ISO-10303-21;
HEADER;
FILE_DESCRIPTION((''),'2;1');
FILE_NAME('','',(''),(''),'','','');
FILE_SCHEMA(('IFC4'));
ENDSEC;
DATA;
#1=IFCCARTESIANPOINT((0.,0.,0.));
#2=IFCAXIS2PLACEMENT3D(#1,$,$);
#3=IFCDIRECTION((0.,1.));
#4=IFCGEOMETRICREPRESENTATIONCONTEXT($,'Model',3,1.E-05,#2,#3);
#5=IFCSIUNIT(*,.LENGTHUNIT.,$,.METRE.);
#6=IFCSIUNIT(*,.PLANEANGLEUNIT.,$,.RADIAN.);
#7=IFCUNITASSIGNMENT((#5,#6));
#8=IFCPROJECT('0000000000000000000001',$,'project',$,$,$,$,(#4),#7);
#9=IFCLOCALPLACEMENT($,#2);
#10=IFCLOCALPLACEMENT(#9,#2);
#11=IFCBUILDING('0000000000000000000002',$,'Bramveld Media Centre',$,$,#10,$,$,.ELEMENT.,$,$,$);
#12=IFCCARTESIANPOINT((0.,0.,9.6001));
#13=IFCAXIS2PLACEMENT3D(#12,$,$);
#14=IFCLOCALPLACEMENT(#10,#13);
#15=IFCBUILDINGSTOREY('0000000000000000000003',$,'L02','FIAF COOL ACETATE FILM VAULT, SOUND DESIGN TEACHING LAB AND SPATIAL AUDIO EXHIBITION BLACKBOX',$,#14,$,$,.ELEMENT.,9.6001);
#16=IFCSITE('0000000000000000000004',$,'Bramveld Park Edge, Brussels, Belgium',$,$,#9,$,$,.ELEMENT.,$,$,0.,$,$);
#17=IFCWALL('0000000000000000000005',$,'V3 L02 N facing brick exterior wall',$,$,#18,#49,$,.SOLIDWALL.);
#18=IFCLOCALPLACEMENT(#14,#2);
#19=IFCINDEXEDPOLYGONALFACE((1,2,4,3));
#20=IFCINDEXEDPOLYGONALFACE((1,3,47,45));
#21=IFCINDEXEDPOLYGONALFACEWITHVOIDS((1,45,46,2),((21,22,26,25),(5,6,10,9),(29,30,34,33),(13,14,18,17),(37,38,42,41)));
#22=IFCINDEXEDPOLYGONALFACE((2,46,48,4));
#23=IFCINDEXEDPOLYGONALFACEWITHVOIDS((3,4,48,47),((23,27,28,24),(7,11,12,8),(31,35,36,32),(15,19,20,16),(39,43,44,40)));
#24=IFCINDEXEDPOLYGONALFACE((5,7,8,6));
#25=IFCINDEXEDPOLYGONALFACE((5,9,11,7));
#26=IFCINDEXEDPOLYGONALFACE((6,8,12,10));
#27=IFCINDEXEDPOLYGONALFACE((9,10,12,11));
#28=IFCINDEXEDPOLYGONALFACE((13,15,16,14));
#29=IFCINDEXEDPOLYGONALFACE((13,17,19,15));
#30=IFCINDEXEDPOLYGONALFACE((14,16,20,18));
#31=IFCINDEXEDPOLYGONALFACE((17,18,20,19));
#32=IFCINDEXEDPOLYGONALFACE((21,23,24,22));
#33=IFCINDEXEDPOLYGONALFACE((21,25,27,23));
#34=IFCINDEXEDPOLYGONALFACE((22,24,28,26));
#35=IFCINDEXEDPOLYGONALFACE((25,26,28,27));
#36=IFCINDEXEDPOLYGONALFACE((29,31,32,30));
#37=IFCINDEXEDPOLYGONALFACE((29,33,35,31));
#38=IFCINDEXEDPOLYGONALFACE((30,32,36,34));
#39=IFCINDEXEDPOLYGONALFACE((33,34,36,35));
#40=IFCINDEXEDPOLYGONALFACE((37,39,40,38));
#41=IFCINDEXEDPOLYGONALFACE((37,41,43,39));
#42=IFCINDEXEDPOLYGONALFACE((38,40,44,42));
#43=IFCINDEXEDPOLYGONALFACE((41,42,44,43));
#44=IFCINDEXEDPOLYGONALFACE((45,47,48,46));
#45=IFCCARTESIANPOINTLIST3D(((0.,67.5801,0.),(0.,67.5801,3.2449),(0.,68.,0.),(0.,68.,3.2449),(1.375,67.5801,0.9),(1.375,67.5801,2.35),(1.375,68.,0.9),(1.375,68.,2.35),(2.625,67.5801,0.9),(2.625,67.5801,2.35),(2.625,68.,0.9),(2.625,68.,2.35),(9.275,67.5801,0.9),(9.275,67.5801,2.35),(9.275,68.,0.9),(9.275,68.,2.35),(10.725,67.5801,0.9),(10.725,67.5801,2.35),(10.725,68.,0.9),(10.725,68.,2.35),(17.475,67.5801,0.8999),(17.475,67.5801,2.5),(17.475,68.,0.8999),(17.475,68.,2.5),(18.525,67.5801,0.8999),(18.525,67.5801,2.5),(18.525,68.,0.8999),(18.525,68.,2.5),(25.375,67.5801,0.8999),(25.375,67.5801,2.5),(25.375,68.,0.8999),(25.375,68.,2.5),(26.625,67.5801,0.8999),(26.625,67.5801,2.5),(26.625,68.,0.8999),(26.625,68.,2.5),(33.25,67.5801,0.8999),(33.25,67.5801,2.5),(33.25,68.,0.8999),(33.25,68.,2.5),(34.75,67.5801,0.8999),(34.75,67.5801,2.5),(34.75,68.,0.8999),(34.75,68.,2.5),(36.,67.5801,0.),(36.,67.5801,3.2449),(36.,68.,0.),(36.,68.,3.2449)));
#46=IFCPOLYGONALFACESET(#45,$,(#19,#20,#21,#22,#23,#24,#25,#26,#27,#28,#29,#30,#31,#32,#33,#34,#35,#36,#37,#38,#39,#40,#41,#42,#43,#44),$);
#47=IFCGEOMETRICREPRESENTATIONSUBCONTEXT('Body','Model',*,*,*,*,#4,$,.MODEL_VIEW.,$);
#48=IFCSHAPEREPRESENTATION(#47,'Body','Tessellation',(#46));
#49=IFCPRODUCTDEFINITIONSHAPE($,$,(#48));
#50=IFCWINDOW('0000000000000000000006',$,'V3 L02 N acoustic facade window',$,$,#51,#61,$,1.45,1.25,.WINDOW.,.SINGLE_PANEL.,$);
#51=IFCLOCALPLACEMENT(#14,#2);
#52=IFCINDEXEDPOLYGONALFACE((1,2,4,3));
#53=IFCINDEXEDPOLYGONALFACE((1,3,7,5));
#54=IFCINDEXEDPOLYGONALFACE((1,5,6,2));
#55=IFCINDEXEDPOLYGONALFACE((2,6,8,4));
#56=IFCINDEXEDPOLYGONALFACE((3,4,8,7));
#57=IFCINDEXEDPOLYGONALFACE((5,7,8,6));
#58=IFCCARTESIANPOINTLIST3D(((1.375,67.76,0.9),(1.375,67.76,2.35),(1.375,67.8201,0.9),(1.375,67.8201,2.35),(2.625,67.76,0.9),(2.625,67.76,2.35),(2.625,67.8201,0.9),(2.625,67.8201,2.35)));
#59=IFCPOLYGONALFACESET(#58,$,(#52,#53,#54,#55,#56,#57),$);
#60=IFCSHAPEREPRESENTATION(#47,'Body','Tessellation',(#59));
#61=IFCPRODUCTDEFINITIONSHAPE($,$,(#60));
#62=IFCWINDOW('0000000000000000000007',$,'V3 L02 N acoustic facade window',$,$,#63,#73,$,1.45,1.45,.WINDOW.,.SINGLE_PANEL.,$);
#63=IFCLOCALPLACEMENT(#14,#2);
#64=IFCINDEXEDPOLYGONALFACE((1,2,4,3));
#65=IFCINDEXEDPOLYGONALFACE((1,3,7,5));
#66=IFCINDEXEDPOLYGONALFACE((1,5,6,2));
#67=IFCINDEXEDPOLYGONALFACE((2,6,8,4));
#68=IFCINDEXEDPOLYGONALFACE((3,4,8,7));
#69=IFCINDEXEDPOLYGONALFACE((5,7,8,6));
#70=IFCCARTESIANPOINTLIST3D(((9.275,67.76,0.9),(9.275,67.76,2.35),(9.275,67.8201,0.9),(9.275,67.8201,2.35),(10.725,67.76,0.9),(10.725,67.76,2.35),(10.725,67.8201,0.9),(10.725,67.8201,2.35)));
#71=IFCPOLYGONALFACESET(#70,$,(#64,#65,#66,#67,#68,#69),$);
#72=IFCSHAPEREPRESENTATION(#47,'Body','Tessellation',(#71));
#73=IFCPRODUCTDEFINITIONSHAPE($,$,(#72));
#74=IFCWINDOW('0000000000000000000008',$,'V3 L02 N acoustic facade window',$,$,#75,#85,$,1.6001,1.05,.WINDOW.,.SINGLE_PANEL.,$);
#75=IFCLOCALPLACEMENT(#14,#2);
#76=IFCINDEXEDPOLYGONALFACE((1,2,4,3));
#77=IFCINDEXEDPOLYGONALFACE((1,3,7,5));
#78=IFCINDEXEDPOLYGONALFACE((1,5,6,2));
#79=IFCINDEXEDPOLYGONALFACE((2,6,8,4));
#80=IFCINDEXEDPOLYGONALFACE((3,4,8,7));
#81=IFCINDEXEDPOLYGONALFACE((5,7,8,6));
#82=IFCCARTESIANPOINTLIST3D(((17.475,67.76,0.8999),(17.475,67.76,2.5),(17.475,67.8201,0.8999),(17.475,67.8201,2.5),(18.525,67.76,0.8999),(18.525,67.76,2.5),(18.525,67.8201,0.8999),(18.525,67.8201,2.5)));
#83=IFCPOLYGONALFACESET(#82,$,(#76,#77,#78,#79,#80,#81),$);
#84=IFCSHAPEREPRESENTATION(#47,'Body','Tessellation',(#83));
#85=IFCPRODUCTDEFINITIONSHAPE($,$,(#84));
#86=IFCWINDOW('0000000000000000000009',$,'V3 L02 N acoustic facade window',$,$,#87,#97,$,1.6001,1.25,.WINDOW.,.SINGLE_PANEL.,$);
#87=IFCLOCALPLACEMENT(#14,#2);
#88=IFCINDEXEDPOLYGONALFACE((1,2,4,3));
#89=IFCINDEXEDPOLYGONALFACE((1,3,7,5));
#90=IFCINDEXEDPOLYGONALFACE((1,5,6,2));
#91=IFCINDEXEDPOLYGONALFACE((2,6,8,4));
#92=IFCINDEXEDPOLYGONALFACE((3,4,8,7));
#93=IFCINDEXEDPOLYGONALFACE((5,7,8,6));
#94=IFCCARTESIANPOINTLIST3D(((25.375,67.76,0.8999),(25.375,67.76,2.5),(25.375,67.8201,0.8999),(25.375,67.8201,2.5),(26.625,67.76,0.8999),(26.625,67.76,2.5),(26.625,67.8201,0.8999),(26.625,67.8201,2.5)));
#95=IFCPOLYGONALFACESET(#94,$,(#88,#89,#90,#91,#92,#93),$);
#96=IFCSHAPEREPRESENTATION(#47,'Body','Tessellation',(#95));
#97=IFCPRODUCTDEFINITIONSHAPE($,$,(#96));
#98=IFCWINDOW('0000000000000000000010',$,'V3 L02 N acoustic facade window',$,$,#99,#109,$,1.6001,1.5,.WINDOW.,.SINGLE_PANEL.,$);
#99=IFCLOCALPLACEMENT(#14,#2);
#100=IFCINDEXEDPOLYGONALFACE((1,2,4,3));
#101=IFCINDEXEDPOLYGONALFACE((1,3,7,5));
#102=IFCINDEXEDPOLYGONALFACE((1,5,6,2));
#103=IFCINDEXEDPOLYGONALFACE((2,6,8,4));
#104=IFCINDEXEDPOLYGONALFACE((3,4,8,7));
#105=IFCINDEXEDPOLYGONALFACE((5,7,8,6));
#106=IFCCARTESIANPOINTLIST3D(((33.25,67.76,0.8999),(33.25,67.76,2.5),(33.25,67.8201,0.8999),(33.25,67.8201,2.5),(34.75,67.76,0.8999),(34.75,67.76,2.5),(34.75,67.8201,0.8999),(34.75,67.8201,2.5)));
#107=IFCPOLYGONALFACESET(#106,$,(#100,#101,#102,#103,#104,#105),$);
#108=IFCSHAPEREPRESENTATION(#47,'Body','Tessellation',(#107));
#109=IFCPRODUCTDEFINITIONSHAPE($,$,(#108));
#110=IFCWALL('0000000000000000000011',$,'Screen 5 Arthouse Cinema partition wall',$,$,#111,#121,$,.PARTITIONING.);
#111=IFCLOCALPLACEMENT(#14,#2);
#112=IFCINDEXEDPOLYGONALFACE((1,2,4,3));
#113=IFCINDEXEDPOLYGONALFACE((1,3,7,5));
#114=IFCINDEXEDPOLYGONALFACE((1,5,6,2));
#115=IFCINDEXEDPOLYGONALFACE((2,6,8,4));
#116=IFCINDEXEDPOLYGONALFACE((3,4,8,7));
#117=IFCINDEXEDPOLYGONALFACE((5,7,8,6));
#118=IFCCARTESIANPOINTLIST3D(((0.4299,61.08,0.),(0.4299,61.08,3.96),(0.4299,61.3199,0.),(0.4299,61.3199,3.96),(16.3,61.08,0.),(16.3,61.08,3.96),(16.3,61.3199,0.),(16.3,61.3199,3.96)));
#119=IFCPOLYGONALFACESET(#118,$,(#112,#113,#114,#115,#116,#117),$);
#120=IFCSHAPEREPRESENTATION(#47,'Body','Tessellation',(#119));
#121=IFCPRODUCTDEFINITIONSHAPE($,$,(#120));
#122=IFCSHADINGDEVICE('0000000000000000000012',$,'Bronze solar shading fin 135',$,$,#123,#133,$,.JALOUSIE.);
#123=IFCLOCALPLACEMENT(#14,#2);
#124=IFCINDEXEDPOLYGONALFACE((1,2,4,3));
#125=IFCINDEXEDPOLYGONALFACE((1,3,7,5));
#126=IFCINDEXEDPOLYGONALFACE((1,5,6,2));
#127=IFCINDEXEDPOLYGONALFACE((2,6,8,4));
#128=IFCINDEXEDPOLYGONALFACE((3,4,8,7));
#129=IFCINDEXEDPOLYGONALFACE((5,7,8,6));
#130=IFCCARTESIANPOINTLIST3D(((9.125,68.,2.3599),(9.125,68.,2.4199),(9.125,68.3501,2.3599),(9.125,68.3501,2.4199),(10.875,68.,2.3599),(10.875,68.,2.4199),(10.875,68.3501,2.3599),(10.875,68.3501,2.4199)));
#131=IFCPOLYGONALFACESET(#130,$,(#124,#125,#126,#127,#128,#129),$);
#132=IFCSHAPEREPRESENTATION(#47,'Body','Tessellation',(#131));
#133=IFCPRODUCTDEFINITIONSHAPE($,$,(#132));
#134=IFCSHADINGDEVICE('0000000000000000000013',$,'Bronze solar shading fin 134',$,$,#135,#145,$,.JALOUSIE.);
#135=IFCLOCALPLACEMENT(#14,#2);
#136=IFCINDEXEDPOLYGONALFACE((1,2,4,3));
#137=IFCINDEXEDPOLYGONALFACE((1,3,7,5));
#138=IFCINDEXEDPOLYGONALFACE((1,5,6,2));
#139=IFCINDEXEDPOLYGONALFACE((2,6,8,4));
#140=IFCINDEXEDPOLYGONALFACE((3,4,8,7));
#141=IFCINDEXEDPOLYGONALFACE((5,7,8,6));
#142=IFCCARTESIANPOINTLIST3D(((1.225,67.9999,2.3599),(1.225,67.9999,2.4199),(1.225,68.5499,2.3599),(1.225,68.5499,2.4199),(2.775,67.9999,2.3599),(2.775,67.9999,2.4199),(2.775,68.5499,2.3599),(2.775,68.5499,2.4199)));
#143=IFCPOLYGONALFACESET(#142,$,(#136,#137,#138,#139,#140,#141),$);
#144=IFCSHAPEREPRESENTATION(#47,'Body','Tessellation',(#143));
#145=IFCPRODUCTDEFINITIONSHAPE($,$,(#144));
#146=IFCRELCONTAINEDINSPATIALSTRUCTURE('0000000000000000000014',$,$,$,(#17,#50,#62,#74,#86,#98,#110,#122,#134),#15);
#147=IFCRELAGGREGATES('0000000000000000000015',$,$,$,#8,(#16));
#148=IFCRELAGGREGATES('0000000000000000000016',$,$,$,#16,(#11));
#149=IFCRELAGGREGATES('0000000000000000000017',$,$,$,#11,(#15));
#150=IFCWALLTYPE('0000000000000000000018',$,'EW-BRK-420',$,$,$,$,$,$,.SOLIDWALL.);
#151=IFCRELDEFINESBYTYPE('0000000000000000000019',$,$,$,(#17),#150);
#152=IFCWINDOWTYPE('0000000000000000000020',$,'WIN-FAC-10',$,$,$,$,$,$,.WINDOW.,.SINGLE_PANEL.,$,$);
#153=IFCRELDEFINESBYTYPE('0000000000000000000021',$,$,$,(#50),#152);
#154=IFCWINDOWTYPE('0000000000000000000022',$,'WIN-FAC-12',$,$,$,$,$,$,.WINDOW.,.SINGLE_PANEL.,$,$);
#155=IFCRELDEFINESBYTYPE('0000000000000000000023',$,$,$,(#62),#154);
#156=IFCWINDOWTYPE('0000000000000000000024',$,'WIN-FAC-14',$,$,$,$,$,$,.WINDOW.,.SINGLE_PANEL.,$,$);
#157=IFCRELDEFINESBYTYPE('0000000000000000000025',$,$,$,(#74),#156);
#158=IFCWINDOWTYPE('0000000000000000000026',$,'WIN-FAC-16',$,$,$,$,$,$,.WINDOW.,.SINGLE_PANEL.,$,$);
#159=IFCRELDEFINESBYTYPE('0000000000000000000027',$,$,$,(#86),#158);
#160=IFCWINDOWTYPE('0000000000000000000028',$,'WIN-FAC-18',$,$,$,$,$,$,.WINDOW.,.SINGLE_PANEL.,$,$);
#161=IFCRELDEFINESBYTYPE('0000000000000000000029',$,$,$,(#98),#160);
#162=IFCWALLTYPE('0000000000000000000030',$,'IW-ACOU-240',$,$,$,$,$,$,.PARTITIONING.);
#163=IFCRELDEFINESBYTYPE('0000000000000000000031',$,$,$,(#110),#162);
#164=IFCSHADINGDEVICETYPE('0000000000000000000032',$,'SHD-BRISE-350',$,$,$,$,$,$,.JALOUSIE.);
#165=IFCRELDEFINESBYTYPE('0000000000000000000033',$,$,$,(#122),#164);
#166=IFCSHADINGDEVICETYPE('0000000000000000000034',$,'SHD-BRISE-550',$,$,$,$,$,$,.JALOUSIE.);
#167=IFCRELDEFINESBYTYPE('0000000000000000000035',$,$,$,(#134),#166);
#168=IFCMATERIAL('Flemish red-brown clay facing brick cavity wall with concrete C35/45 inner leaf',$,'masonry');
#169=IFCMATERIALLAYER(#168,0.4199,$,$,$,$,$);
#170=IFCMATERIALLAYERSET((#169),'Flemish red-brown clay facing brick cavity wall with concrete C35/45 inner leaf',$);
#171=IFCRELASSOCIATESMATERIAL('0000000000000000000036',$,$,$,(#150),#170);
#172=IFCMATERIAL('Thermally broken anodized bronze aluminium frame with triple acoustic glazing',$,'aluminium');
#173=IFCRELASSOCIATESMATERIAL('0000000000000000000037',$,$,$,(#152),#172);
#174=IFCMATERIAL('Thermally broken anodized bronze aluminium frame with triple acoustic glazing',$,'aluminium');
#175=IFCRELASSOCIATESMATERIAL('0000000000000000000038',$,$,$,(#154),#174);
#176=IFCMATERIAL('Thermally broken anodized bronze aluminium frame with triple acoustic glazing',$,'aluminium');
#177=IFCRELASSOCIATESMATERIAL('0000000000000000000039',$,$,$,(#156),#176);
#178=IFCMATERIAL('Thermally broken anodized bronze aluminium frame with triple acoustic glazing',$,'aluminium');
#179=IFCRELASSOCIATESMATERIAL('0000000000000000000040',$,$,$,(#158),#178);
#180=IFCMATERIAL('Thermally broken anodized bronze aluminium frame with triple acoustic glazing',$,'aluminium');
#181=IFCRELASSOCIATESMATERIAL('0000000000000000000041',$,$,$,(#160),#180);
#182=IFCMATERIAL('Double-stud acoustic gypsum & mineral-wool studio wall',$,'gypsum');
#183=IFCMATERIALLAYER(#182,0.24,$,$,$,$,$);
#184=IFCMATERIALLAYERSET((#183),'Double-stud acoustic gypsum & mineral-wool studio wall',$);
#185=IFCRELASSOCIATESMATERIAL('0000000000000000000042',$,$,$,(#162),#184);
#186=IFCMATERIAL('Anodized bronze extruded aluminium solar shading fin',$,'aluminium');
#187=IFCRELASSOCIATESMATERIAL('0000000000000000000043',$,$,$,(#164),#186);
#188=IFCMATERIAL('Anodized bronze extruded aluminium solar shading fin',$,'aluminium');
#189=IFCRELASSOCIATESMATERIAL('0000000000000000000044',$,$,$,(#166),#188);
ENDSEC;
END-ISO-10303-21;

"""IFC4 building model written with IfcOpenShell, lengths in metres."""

from ifc_helpers import new_model, si_unit, direction, frame, frame_2d, origin, origin_2d, place, context, subcontext, project, spatial, rectangle, extrude, material, layer, layer_set, type_object, element, fill, save


model = new_model("IFC4")

# Units and contexts
model_context = context("Model", 3, precision=1e-05, world=origin(), true_north=direction((0.0, 1.0)))
body_context = subcontext(model_context, "Body", "Model", "MODEL_VIEW")
ifc_project = project(units=[si_unit("LENGTHUNIT", "METRE"), si_unit("PLANEANGLEUNIT", "RADIAN")], contexts=[model_context])

# Site, building, storey
site_placement = place(None, origin())
site = spatial("IfcSite", under=ifc_project, at=site_placement, Name="Bramveld Park Edge, Brussels, Belgium", CompositionType="ELEMENT", RefElevation=0.0)
building_placement = place(site_placement, origin())
building = spatial("IfcBuilding", under=site, at=building_placement, Name="Bramveld Media Centre", CompositionType="ELEMENT")
storey_placement = place(building_placement, frame((0.0, 0.0, 9.6001)))
storey = spatial("IfcBuildingStorey", under=building, at=storey_placement, Name="L02", Description="FIAF COOL ACETATE FILM VAULT, SOUND DESIGN TEACHING LAB AND SPATIAL AUDIO EXHIBITION BLACKBOX", CompositionType="ELEMENT", Elevation=9.6001)

# Wall, openings, windows
ifc_material_1 = material(Name="Flemish red-brown clay facing brick cavity wall with concrete C35/45 inner leaf", Category="masonry")
ifc_layer_1 = layer(ifc_material_1, 0.4199)
ifc_layer_set_1 = layer_set([ifc_layer_1], Name="Flemish red-brown clay facing brick cavity wall with concrete C35/45 inner leaf")
wall_type_1 = type_object("IfcWallType", Name="EW-BRK-420", PredefinedType="SOLIDWALL", material=ifc_layer_set_1)
wall_1_placement = place(storey_placement, frame((0.0, 67.79, 0.0), z_axis=(0.0, 0.0, 1.0), x_axis=(1.0, 0.0, 0.0)))
wall_1 = element("IfcWall", 1, at=wall_1_placement, inside=storey, type_object=wall_type_1, Name="V3 L02 N facing brick exterior wall", PredefinedType="SOLIDWALL", context=body_context, shape_type="SweptSolid", body=[
    extrude(rectangle(XDim=36.0, YDim=0.4199, at=frame_2d((18.0, 0.0))), origin(), (0.0, 0.0, 1.0), 3.2449),
])
opening_1_placement = place(wall_1_placement, frame((1.375, 0.0, 0.8999)))
opening_1 = element("IfcOpeningElement", 2, at=opening_1_placement, cuts=wall_1, PredefinedType="OPENING", context=body_context, shape_type="SweptSolid", body=[
    extrude(rectangle(XDim=1.25, YDim=1.45, at=frame_2d((0.625, 0.7251))), frame((0.0, 0.2219, 0.0), z_axis=(0.0, -1.0, 0.0), x_axis=(1.0, 0.0, 0.0)), (0.0, 0.0, 1.0), 0.4438),
])
opening_2_placement = place(wall_1_placement, frame((9.2749, 0.0, 0.8999)))
opening_2 = element("IfcOpeningElement", 3, at=opening_2_placement, cuts=wall_1, PredefinedType="OPENING", context=body_context, shape_type="SweptSolid", body=[
    extrude(rectangle(XDim=1.45, YDim=1.45, at=frame_2d((0.7251, 0.7251))), frame((0.0, 0.2219, 0.0), z_axis=(0.0, -1.0, 0.0), x_axis=(1.0, 0.0, 0.0)), (0.0, 0.0, 1.0), 0.4438),
])
opening_3_placement = place(wall_1_placement, frame((17.4751, 0.0, 0.8999)))
opening_3 = element("IfcOpeningElement", 4, at=opening_3_placement, cuts=wall_1, PredefinedType="OPENING", context=body_context, shape_type="SweptSolid", body=[
    extrude(rectangle(XDim=1.05, YDim=1.6001, at=frame_2d((0.5249, 0.8))), frame((0.0, 0.2219, 0.0), z_axis=(0.0, -1.0, 0.0), x_axis=(1.0, 0.0, 0.0)), (0.0, 0.0, 1.0), 0.4438),
])
opening_4_placement = place(wall_1_placement, frame((25.375, 0.0, 0.8999)))
opening_4 = element("IfcOpeningElement", 5, at=opening_4_placement, cuts=wall_1, PredefinedType="OPENING", context=body_context, shape_type="SweptSolid", body=[
    extrude(rectangle(XDim=1.25, YDim=1.6001, at=frame_2d((0.625, 0.8))), frame((0.0, 0.2219, 0.0), z_axis=(0.0, -1.0, 0.0), x_axis=(1.0, 0.0, 0.0)), (0.0, 0.0, 1.0), 0.4438),
])
opening_5_placement = place(wall_1_placement, frame((33.25, 0.0, 0.8999)))
opening_5 = element("IfcOpeningElement", 6, at=opening_5_placement, cuts=wall_1, PredefinedType="OPENING", context=body_context, shape_type="SweptSolid", body=[
    extrude(rectangle(XDim=1.5, YDim=1.6001, at=frame_2d((0.75, 0.8))), frame((0.0, 0.2219, 0.0), z_axis=(0.0, -1.0, 0.0), x_axis=(1.0, 0.0, 0.0)), (0.0, 0.0, 1.0), 0.4438),
])
ifc_material_2 = material(Name="Thermally broken anodized bronze aluminium frame with triple acoustic glazing", Category="aluminium")
window_type_1 = type_object("IfcWindowType", Name="WIN-FAC-10", PartitioningType="SINGLE_PANEL", PredefinedType="WINDOW", material=ifc_material_2)
window_1_placement = place(opening_1_placement, origin())
window_1 = element("IfcWindow", 7, at=window_1_placement, inside=storey, type_object=window_type_1, Name="V3 L02 N acoustic facade window", OverallHeight=1.45, OverallWidth=1.25, PartitioningType="SINGLE_PANEL", PredefinedType="WINDOW", context=body_context, shape_type="SweptSolid", body=[
    extrude(rectangle(XDim=1.25, YDim=1.45, at=frame_2d((0.625, 0.7251))), frame((0.0, 0.03, 0.0), z_axis=(0.0, -1.0, 0.0), x_axis=(1.0, 0.0, 0.0)), (0.0, 0.0, 1.0), 0.0601),
])
fill(opening_1, window_1)
ifc_material_3 = material(Name="Thermally broken anodized bronze aluminium frame with triple acoustic glazing", Category="aluminium")
window_type_2 = type_object("IfcWindowType", Name="WIN-FAC-12", PartitioningType="SINGLE_PANEL", PredefinedType="WINDOW", material=ifc_material_3)
window_2_placement = place(opening_2_placement, origin())
window_2 = element("IfcWindow", 8, at=window_2_placement, inside=storey, type_object=window_type_2, Name="V3 L02 N acoustic facade window", OverallHeight=1.45, OverallWidth=1.45, PartitioningType="SINGLE_PANEL", PredefinedType="WINDOW", context=body_context, shape_type="SweptSolid", body=[
    extrude(rectangle(XDim=1.45, YDim=1.45, at=frame_2d((0.7251, 0.7251))), frame((0.0, 0.03, 0.0), z_axis=(0.0, -1.0, 0.0), x_axis=(1.0, 0.0, 0.0)), (0.0, 0.0, 1.0), 0.0601),
])
fill(opening_2, window_2)
ifc_material_4 = material(Name="Thermally broken anodized bronze aluminium frame with triple acoustic glazing", Category="aluminium")
window_type_3 = type_object("IfcWindowType", Name="WIN-FAC-14", PartitioningType="SINGLE_PANEL", PredefinedType="WINDOW", material=ifc_material_4)
window_3_placement = place(opening_3_placement, origin())
window_3 = element("IfcWindow", 9, at=window_3_placement, inside=storey, type_object=window_type_3, Name="V3 L02 N acoustic facade window", OverallHeight=1.6001, OverallWidth=1.05, PartitioningType="SINGLE_PANEL", PredefinedType="WINDOW", context=body_context, shape_type="SweptSolid", body=[
    extrude(rectangle(XDim=1.05, YDim=1.6001, at=frame_2d((0.5249, 0.8))), frame((0.0, 0.03, 0.0), z_axis=(0.0, -1.0, 0.0), x_axis=(1.0, 0.0, 0.0)), (0.0, 0.0, 1.0), 0.0601),
])
fill(opening_3, window_3)
ifc_material_5 = material(Name="Thermally broken anodized bronze aluminium frame with triple acoustic glazing", Category="aluminium")
window_type_4 = type_object("IfcWindowType", Name="WIN-FAC-16", PartitioningType="SINGLE_PANEL", PredefinedType="WINDOW", material=ifc_material_5)
window_4_placement = place(opening_4_placement, origin())
window_4 = element("IfcWindow", 10, at=window_4_placement, inside=storey, type_object=window_type_4, Name="V3 L02 N acoustic facade window", OverallHeight=1.6001, OverallWidth=1.25, PartitioningType="SINGLE_PANEL", PredefinedType="WINDOW", context=body_context, shape_type="SweptSolid", body=[
    extrude(rectangle(XDim=1.25, YDim=1.6001, at=frame_2d((0.625, 0.8))), frame((0.0, 0.03, 0.0), z_axis=(0.0, -1.0, 0.0), x_axis=(1.0, 0.0, 0.0)), (0.0, 0.0, 1.0), 0.0601),
])
fill(opening_4, window_4)
ifc_material_6 = material(Name="Thermally broken anodized bronze aluminium frame with triple acoustic glazing", Category="aluminium")
window_type_5 = type_object("IfcWindowType", Name="WIN-FAC-18", PartitioningType="SINGLE_PANEL", PredefinedType="WINDOW", material=ifc_material_6)
window_5_placement = place(opening_5_placement, origin())
window_5 = element("IfcWindow", 11, at=window_5_placement, inside=storey, type_object=window_type_5, Name="V3 L02 N acoustic facade window", OverallHeight=1.6001, OverallWidth=1.5, PartitioningType="SINGLE_PANEL", PredefinedType="WINDOW", context=body_context, shape_type="SweptSolid", body=[
    extrude(rectangle(XDim=1.5, YDim=1.6001, at=frame_2d((0.75, 0.8))), frame((0.0, 0.03, 0.0), z_axis=(0.0, -1.0, 0.0), x_axis=(1.0, 0.0, 0.0)), (0.0, 0.0, 1.0), 0.0601),
])
fill(opening_5, window_5)

# Wall
ifc_material_7 = material(Name="Double-stud acoustic gypsum & mineral-wool studio wall", Category="gypsum")
ifc_layer_2 = layer(ifc_material_7, 0.24)
ifc_layer_set_2 = layer_set([ifc_layer_2], Name="Double-stud acoustic gypsum & mineral-wool studio wall")
wall_type_2 = type_object("IfcWallType", Name="IW-ACOU-240", PredefinedType="PARTITIONING", material=ifc_layer_set_2)
wall_2_placement = place(storey_placement, frame((0.4299, 61.2, 0.0), z_axis=(0.0, 0.0, 1.0), x_axis=(1.0, 0.0, 0.0)))
element("IfcWall", 12, at=wall_2_placement, inside=storey, type_object=wall_type_2, Name="Screen 5 Arthouse Cinema partition wall", PredefinedType="PARTITIONING", context=body_context, shape_type="SweptSolid", body=[
    extrude(rectangle(XDim=15.8701, YDim=0.24, at=frame_2d((7.9351, 0.0))), origin(), (0.0, 0.0, 1.0), 3.96),
])

# Shading devices
ifc_material_8 = material(Name="Anodized bronze extruded aluminium solar shading fin", Category="aluminium")
shading_device_type_1 = type_object("IfcShadingDeviceType", Name="SHD-BRISE-350", PredefinedType="JALOUSIE", material=ifc_material_8)
shading_device_1_placement = place(storey_placement, frame((10.0, 68.175, 2.3599), z_axis=(0.0, 0.0, 1.0), x_axis=(1.0, 0.0, 0.0)))
element("IfcShadingDevice", 13, at=shading_device_1_placement, inside=storey, type_object=shading_device_type_1, Name="Bronze solar shading fin 135", PredefinedType="JALOUSIE", context=body_context, shape_type="SweptSolid", body=[
    extrude(rectangle(XDim=1.75, YDim=0.3501, at=origin_2d()), origin(), (0.0, 0.0, 1.0), 0.0601),
])
ifc_material_9 = material(Name="Anodized bronze extruded aluminium solar shading fin", Category="aluminium")
shading_device_type_2 = type_object("IfcShadingDeviceType", Name="SHD-BRISE-550", PredefinedType="JALOUSIE", material=ifc_material_9)
shading_device_2_placement = place(storey_placement, frame((2.0, 68.2749, 2.3599), z_axis=(0.0, 0.0, 1.0), x_axis=(1.0, 0.0, 0.0)))
element("IfcShadingDevice", 14, at=shading_device_2_placement, inside=storey, type_object=shading_device_type_2, Name="Bronze solar shading fin 134", PredefinedType="JALOUSIE", context=body_context, shape_type="SweptSolid", body=[
    extrude(rectangle(XDim=1.55, YDim=0.55, at=origin_2d()), origin(), (0.0, 0.0, 1.0), 0.0601),
])

save(model, "model.ifc")
